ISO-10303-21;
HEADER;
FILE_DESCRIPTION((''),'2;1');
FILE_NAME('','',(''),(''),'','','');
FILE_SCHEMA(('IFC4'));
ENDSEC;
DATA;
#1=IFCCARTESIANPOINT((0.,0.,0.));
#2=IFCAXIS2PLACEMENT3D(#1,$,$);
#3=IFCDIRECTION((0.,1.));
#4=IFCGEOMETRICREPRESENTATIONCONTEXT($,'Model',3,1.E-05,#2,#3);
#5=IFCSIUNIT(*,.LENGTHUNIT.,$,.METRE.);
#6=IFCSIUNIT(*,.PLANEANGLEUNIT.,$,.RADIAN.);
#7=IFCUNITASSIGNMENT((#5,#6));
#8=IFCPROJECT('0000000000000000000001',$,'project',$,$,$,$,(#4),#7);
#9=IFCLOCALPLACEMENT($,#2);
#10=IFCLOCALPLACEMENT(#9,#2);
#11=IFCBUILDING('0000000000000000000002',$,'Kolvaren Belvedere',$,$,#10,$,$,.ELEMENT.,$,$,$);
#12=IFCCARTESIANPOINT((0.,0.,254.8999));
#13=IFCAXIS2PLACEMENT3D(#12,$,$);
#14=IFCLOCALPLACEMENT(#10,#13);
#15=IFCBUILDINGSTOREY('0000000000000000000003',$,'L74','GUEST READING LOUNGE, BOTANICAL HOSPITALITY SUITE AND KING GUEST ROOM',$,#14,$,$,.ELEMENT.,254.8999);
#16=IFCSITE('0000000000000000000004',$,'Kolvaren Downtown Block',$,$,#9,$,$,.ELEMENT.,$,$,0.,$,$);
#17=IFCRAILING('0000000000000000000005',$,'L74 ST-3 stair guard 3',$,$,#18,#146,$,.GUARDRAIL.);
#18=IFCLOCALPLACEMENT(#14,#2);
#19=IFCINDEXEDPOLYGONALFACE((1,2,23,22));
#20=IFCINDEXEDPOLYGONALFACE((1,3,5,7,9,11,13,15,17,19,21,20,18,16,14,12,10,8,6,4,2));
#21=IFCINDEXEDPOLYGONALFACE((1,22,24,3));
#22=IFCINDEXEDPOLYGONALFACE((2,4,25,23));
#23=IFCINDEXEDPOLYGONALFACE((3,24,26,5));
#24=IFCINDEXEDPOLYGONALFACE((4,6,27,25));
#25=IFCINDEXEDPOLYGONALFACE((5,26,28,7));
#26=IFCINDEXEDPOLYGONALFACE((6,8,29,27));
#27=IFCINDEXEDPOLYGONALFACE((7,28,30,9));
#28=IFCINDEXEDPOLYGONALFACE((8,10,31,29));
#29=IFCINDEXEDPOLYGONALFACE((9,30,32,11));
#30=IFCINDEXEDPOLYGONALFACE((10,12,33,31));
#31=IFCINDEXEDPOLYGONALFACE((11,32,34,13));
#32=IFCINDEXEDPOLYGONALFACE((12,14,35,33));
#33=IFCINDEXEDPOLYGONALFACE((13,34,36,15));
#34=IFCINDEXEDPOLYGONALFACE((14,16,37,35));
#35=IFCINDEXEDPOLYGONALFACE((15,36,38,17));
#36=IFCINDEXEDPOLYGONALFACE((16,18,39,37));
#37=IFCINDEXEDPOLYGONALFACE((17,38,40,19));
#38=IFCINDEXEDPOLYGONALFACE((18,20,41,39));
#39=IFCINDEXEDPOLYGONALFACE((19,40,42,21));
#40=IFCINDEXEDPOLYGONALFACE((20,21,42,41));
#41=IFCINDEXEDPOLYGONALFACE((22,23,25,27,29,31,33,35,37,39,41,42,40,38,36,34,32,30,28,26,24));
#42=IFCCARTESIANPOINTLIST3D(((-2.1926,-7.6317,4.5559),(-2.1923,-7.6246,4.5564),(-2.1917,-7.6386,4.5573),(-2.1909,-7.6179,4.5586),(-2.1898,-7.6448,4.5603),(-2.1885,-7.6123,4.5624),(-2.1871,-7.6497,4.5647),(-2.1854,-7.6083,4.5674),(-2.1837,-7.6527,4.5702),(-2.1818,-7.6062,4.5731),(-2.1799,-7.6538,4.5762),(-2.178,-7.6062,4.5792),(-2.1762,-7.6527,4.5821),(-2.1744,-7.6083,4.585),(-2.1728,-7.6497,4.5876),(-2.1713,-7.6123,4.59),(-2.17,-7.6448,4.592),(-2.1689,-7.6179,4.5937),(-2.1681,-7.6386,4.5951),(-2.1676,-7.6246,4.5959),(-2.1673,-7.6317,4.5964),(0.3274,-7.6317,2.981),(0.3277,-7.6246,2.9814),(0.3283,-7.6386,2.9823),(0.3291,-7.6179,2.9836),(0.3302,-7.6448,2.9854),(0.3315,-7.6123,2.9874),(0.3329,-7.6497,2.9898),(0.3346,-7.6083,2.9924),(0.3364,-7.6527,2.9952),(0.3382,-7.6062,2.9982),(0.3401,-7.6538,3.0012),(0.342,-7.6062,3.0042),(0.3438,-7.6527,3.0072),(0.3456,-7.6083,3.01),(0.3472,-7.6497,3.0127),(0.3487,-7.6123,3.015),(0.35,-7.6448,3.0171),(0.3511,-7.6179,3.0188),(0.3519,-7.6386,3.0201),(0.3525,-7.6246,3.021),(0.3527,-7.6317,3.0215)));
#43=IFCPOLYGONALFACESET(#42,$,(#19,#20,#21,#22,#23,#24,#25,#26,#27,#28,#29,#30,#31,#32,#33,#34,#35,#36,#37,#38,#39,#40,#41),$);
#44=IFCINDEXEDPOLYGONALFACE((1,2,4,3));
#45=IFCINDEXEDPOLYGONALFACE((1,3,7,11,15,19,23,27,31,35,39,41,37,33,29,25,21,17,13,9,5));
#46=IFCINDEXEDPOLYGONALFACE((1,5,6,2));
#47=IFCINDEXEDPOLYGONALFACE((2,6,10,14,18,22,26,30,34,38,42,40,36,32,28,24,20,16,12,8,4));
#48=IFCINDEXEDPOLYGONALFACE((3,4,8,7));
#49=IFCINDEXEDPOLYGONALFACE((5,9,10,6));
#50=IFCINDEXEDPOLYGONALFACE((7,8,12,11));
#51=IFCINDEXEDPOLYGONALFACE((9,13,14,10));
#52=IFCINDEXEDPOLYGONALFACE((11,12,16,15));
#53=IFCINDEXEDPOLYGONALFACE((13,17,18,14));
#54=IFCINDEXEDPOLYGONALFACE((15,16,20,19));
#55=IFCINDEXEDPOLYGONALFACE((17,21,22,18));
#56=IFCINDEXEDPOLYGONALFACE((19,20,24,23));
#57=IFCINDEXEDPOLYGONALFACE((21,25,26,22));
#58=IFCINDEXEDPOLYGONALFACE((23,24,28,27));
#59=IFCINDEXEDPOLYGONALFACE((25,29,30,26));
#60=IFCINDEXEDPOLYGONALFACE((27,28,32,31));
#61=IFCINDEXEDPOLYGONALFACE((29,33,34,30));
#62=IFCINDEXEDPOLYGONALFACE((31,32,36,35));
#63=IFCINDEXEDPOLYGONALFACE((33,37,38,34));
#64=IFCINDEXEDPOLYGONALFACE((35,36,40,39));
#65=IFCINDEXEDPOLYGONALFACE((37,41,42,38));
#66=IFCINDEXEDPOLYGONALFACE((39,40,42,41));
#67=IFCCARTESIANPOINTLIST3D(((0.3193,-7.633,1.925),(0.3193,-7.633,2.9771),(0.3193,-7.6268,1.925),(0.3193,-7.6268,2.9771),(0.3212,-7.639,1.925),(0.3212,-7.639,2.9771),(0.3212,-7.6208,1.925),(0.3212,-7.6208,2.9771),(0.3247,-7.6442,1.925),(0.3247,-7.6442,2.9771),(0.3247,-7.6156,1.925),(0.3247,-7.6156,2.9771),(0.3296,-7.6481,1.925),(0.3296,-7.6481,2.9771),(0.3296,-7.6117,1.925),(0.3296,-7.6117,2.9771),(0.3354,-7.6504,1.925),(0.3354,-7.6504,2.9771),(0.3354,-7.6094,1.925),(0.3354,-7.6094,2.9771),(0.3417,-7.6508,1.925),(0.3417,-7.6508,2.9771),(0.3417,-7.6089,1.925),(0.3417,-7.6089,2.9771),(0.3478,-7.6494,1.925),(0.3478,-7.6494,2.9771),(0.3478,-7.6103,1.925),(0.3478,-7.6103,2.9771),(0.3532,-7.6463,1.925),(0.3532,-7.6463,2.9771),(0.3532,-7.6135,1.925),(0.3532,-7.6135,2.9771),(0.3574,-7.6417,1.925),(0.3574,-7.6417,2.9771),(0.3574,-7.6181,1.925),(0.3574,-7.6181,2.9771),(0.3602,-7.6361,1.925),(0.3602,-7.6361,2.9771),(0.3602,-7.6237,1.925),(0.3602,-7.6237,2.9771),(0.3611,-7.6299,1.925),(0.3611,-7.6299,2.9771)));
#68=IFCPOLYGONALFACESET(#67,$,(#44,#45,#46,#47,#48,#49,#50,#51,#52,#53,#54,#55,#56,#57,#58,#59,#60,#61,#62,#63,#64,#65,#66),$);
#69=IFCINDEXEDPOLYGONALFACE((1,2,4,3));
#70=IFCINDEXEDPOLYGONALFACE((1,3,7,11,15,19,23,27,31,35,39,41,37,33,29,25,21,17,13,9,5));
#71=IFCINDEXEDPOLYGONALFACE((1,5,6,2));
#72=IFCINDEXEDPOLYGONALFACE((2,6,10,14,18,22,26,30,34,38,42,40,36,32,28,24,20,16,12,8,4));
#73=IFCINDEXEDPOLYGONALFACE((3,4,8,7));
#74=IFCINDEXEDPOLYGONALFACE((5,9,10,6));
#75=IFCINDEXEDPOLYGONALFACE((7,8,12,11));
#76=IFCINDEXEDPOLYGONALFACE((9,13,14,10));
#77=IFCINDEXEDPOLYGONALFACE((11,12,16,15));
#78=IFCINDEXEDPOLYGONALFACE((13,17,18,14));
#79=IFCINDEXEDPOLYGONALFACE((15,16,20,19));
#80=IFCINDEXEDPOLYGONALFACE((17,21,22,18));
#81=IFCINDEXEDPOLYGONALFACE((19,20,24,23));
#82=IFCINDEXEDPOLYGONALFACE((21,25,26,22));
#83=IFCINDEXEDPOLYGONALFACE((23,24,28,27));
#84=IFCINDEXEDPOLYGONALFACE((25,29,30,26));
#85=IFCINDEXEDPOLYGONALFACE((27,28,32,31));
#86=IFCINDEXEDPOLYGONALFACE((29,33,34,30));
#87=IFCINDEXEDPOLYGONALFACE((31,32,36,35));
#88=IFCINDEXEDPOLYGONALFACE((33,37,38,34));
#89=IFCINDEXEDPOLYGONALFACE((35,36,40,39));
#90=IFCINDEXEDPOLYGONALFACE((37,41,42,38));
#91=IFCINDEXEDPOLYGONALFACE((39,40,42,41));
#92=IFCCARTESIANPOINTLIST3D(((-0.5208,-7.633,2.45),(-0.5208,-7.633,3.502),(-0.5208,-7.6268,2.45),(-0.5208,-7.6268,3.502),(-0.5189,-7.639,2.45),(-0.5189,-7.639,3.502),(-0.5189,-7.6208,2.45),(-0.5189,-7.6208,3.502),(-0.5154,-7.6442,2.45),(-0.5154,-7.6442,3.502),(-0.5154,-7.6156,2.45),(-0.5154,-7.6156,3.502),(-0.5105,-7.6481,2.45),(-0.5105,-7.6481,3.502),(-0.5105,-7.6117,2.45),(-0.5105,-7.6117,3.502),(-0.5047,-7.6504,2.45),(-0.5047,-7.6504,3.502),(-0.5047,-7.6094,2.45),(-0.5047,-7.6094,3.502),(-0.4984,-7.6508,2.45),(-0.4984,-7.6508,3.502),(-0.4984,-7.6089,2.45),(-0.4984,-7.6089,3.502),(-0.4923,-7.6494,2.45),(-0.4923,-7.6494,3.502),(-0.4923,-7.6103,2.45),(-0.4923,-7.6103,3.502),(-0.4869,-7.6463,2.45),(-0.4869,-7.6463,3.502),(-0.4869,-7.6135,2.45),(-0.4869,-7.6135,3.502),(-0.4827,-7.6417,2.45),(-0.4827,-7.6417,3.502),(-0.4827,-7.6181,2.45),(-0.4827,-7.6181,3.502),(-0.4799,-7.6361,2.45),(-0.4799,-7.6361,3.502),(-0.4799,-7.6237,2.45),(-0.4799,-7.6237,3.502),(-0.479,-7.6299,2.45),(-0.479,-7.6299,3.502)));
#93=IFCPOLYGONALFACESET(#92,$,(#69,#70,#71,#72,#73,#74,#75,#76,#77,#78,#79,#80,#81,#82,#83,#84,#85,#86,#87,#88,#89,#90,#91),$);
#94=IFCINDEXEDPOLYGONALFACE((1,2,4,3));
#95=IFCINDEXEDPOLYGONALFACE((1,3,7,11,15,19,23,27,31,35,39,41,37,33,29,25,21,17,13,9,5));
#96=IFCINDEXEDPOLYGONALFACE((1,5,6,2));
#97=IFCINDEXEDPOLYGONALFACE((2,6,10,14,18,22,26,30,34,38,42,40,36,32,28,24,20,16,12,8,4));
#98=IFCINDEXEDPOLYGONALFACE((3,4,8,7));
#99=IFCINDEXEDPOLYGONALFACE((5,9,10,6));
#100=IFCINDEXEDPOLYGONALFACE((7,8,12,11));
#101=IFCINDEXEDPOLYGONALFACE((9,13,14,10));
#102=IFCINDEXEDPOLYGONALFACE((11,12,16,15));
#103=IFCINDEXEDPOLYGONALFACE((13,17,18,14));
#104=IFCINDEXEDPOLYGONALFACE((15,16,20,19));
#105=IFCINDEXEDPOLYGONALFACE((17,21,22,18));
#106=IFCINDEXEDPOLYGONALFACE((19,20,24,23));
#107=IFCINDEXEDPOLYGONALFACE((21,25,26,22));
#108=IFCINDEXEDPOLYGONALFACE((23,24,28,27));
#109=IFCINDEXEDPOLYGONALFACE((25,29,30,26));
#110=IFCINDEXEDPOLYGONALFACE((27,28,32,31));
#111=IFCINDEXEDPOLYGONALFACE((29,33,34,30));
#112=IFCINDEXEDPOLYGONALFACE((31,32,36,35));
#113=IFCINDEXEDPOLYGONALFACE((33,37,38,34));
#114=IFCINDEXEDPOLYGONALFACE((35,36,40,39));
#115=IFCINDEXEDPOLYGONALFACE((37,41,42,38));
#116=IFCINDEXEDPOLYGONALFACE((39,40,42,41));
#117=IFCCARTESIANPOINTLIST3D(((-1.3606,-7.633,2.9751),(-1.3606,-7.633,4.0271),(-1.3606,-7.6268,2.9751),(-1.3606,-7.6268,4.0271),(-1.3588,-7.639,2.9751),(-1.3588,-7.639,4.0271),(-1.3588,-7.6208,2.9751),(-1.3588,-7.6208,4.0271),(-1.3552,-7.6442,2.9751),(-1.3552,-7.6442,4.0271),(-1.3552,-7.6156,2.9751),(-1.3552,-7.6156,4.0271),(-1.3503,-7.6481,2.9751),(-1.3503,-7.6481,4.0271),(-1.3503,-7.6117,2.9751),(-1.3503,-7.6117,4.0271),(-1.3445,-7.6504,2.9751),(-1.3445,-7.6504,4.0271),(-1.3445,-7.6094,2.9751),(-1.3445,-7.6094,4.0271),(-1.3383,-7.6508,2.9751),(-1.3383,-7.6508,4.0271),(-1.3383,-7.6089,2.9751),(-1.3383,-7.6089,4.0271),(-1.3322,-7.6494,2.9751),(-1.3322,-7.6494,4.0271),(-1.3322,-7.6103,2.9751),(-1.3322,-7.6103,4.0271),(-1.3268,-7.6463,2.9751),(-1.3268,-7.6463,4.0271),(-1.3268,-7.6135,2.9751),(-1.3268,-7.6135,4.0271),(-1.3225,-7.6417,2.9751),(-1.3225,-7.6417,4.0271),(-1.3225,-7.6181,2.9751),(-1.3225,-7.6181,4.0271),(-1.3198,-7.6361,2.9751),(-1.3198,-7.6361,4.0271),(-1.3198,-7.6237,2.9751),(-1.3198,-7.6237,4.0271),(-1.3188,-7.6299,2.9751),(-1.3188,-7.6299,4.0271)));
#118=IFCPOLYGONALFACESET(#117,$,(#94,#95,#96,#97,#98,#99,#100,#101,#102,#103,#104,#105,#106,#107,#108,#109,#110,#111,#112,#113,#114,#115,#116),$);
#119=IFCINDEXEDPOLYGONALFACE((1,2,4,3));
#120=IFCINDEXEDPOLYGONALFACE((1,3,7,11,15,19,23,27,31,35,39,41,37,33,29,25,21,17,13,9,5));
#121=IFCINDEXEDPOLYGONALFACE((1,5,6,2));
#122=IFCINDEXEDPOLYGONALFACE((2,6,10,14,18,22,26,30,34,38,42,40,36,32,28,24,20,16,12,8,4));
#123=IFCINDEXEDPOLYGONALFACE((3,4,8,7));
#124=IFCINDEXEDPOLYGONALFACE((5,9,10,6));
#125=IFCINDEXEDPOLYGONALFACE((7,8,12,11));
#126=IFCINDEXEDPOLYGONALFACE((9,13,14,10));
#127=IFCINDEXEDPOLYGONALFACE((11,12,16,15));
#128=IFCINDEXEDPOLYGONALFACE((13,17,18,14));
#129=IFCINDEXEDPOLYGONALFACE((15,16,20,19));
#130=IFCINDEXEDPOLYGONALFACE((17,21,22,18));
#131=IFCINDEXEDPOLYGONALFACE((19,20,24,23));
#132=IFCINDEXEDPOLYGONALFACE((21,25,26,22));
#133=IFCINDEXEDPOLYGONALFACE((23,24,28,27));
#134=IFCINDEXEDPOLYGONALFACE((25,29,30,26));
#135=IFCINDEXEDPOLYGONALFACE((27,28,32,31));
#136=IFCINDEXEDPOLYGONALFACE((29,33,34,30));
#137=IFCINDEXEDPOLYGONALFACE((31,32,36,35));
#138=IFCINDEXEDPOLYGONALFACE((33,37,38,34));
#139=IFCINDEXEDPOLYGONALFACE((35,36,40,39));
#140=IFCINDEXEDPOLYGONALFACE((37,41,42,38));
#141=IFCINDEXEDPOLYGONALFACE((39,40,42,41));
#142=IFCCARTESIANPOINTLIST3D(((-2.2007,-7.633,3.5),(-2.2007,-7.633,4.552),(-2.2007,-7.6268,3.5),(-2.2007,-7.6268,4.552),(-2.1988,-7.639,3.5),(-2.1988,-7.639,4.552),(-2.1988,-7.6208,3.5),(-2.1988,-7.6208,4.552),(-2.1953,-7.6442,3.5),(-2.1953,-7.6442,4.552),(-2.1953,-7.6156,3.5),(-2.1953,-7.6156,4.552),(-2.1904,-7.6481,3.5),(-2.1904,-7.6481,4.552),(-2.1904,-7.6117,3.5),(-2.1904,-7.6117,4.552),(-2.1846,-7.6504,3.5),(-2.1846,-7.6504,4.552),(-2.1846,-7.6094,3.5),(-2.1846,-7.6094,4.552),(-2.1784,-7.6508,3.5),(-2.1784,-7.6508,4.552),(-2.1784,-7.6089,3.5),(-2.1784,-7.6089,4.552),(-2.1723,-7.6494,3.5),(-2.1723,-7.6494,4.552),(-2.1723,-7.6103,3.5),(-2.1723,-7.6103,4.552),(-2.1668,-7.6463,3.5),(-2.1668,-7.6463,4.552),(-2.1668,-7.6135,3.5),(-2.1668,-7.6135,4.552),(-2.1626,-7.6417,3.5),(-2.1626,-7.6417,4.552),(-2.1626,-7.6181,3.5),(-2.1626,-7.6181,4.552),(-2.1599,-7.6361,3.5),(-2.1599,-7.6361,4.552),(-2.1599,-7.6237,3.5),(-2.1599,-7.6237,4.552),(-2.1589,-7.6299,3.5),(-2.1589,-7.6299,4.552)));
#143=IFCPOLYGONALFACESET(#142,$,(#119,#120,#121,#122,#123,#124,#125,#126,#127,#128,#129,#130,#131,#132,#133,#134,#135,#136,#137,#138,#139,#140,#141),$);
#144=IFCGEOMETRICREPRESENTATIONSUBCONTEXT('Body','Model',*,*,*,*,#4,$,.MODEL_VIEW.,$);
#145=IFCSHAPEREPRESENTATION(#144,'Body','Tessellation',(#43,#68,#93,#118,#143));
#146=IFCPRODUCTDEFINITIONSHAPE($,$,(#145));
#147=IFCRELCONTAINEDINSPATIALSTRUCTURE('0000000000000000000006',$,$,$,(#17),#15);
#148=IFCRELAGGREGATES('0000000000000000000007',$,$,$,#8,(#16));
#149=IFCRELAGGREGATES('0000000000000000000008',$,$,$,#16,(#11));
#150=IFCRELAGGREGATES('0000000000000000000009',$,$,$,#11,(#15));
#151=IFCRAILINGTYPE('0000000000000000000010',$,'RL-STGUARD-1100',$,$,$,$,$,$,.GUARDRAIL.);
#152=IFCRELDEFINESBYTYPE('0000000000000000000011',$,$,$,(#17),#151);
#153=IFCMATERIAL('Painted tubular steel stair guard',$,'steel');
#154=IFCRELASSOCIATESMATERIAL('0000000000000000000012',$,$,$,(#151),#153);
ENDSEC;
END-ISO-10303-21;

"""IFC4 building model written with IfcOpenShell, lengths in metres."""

from ifc_helpers import new_model, si_unit, direction, frame, origin, origin_2d, place, context, subcontext, project, spatial, circle, extrude, material, type_object, element, save


model = new_model("IFC4")

# Units and contexts
model_context = context("Model", 3, precision=1e-05, world=origin(), true_north=direction((0.0, 1.0)))
body_context = subcontext(model_context, "Body", "Model", "MODEL_VIEW")
ifc_project = project(units=[si_unit("LENGTHUNIT", "METRE"), si_unit("PLANEANGLEUNIT", "RADIAN")], contexts=[model_context])

# Site, building, storey
site_placement = place(None, origin())
site = spatial("IfcSite", under=ifc_project, at=site_placement, Name="Kolvaren Downtown Block", CompositionType="ELEMENT", RefElevation=0.0)
building_placement = place(site_placement, origin())
building = spatial("IfcBuilding", under=site, at=building_placement, Name="Kolvaren Belvedere", CompositionType="ELEMENT")
storey_placement = place(building_placement, frame((0.0, 0.0, 254.8999)))
storey = spatial("IfcBuildingStorey", under=building, at=storey_placement, Name="L74", Description="GUEST READING LOUNGE, BOTANICAL HOSPITALITY SUITE AND KING GUEST ROOM", CompositionType="ELEMENT", Elevation=254.8999)

# Railing
ifc_material_1 = material(Name="Painted tubular steel stair guard", Category="steel")
railing_type_1 = type_object("IfcRailingType", Name="RL-STGUARD-1100", PredefinedType="GUARDRAIL", material=ifc_material_1)
railing_1_placement = place(storey_placement, frame((0.3401, -7.6299, 1.925)))
element("IfcRailing", 1, at=railing_1_placement, inside=storey, type_object=railing_type_1, Name="L74 ST-3 stair guard 3", PredefinedType="GUARDRAIL", context=body_context, shape_type="SweptSolid", body=[
    extrude(circle(Radius=0.0239, at=origin_2d()), frame((0.0, 0.0, 1.0762), z_axis=(-0.848008, 0.0, 0.529984), x_axis=(0.0, -1.0, 0.0)), (0.0, 0.0, 1.0), 2.9717),
    extrude(circle(Radius=0.021, at=origin_2d()), origin(), (0.0, 0.0, 1.0), 1.052),
    extrude(circle(Radius=0.021, at=origin_2d()), frame((-0.8401, 0.0, 0.5249)), (0.0, 0.0, 1.0), 1.052),
    extrude(circle(Radius=0.021, at=origin_2d()), frame((-1.6799, 0.0, 1.05)), (0.0, 0.0, 1.0), 1.052),
    extrude(circle(Radius=0.021, at=origin_2d()), frame((-2.52, 0.0, 1.575)), (0.0, 0.0, 1.0), 1.052),
])

save(model, "model.ifc")
